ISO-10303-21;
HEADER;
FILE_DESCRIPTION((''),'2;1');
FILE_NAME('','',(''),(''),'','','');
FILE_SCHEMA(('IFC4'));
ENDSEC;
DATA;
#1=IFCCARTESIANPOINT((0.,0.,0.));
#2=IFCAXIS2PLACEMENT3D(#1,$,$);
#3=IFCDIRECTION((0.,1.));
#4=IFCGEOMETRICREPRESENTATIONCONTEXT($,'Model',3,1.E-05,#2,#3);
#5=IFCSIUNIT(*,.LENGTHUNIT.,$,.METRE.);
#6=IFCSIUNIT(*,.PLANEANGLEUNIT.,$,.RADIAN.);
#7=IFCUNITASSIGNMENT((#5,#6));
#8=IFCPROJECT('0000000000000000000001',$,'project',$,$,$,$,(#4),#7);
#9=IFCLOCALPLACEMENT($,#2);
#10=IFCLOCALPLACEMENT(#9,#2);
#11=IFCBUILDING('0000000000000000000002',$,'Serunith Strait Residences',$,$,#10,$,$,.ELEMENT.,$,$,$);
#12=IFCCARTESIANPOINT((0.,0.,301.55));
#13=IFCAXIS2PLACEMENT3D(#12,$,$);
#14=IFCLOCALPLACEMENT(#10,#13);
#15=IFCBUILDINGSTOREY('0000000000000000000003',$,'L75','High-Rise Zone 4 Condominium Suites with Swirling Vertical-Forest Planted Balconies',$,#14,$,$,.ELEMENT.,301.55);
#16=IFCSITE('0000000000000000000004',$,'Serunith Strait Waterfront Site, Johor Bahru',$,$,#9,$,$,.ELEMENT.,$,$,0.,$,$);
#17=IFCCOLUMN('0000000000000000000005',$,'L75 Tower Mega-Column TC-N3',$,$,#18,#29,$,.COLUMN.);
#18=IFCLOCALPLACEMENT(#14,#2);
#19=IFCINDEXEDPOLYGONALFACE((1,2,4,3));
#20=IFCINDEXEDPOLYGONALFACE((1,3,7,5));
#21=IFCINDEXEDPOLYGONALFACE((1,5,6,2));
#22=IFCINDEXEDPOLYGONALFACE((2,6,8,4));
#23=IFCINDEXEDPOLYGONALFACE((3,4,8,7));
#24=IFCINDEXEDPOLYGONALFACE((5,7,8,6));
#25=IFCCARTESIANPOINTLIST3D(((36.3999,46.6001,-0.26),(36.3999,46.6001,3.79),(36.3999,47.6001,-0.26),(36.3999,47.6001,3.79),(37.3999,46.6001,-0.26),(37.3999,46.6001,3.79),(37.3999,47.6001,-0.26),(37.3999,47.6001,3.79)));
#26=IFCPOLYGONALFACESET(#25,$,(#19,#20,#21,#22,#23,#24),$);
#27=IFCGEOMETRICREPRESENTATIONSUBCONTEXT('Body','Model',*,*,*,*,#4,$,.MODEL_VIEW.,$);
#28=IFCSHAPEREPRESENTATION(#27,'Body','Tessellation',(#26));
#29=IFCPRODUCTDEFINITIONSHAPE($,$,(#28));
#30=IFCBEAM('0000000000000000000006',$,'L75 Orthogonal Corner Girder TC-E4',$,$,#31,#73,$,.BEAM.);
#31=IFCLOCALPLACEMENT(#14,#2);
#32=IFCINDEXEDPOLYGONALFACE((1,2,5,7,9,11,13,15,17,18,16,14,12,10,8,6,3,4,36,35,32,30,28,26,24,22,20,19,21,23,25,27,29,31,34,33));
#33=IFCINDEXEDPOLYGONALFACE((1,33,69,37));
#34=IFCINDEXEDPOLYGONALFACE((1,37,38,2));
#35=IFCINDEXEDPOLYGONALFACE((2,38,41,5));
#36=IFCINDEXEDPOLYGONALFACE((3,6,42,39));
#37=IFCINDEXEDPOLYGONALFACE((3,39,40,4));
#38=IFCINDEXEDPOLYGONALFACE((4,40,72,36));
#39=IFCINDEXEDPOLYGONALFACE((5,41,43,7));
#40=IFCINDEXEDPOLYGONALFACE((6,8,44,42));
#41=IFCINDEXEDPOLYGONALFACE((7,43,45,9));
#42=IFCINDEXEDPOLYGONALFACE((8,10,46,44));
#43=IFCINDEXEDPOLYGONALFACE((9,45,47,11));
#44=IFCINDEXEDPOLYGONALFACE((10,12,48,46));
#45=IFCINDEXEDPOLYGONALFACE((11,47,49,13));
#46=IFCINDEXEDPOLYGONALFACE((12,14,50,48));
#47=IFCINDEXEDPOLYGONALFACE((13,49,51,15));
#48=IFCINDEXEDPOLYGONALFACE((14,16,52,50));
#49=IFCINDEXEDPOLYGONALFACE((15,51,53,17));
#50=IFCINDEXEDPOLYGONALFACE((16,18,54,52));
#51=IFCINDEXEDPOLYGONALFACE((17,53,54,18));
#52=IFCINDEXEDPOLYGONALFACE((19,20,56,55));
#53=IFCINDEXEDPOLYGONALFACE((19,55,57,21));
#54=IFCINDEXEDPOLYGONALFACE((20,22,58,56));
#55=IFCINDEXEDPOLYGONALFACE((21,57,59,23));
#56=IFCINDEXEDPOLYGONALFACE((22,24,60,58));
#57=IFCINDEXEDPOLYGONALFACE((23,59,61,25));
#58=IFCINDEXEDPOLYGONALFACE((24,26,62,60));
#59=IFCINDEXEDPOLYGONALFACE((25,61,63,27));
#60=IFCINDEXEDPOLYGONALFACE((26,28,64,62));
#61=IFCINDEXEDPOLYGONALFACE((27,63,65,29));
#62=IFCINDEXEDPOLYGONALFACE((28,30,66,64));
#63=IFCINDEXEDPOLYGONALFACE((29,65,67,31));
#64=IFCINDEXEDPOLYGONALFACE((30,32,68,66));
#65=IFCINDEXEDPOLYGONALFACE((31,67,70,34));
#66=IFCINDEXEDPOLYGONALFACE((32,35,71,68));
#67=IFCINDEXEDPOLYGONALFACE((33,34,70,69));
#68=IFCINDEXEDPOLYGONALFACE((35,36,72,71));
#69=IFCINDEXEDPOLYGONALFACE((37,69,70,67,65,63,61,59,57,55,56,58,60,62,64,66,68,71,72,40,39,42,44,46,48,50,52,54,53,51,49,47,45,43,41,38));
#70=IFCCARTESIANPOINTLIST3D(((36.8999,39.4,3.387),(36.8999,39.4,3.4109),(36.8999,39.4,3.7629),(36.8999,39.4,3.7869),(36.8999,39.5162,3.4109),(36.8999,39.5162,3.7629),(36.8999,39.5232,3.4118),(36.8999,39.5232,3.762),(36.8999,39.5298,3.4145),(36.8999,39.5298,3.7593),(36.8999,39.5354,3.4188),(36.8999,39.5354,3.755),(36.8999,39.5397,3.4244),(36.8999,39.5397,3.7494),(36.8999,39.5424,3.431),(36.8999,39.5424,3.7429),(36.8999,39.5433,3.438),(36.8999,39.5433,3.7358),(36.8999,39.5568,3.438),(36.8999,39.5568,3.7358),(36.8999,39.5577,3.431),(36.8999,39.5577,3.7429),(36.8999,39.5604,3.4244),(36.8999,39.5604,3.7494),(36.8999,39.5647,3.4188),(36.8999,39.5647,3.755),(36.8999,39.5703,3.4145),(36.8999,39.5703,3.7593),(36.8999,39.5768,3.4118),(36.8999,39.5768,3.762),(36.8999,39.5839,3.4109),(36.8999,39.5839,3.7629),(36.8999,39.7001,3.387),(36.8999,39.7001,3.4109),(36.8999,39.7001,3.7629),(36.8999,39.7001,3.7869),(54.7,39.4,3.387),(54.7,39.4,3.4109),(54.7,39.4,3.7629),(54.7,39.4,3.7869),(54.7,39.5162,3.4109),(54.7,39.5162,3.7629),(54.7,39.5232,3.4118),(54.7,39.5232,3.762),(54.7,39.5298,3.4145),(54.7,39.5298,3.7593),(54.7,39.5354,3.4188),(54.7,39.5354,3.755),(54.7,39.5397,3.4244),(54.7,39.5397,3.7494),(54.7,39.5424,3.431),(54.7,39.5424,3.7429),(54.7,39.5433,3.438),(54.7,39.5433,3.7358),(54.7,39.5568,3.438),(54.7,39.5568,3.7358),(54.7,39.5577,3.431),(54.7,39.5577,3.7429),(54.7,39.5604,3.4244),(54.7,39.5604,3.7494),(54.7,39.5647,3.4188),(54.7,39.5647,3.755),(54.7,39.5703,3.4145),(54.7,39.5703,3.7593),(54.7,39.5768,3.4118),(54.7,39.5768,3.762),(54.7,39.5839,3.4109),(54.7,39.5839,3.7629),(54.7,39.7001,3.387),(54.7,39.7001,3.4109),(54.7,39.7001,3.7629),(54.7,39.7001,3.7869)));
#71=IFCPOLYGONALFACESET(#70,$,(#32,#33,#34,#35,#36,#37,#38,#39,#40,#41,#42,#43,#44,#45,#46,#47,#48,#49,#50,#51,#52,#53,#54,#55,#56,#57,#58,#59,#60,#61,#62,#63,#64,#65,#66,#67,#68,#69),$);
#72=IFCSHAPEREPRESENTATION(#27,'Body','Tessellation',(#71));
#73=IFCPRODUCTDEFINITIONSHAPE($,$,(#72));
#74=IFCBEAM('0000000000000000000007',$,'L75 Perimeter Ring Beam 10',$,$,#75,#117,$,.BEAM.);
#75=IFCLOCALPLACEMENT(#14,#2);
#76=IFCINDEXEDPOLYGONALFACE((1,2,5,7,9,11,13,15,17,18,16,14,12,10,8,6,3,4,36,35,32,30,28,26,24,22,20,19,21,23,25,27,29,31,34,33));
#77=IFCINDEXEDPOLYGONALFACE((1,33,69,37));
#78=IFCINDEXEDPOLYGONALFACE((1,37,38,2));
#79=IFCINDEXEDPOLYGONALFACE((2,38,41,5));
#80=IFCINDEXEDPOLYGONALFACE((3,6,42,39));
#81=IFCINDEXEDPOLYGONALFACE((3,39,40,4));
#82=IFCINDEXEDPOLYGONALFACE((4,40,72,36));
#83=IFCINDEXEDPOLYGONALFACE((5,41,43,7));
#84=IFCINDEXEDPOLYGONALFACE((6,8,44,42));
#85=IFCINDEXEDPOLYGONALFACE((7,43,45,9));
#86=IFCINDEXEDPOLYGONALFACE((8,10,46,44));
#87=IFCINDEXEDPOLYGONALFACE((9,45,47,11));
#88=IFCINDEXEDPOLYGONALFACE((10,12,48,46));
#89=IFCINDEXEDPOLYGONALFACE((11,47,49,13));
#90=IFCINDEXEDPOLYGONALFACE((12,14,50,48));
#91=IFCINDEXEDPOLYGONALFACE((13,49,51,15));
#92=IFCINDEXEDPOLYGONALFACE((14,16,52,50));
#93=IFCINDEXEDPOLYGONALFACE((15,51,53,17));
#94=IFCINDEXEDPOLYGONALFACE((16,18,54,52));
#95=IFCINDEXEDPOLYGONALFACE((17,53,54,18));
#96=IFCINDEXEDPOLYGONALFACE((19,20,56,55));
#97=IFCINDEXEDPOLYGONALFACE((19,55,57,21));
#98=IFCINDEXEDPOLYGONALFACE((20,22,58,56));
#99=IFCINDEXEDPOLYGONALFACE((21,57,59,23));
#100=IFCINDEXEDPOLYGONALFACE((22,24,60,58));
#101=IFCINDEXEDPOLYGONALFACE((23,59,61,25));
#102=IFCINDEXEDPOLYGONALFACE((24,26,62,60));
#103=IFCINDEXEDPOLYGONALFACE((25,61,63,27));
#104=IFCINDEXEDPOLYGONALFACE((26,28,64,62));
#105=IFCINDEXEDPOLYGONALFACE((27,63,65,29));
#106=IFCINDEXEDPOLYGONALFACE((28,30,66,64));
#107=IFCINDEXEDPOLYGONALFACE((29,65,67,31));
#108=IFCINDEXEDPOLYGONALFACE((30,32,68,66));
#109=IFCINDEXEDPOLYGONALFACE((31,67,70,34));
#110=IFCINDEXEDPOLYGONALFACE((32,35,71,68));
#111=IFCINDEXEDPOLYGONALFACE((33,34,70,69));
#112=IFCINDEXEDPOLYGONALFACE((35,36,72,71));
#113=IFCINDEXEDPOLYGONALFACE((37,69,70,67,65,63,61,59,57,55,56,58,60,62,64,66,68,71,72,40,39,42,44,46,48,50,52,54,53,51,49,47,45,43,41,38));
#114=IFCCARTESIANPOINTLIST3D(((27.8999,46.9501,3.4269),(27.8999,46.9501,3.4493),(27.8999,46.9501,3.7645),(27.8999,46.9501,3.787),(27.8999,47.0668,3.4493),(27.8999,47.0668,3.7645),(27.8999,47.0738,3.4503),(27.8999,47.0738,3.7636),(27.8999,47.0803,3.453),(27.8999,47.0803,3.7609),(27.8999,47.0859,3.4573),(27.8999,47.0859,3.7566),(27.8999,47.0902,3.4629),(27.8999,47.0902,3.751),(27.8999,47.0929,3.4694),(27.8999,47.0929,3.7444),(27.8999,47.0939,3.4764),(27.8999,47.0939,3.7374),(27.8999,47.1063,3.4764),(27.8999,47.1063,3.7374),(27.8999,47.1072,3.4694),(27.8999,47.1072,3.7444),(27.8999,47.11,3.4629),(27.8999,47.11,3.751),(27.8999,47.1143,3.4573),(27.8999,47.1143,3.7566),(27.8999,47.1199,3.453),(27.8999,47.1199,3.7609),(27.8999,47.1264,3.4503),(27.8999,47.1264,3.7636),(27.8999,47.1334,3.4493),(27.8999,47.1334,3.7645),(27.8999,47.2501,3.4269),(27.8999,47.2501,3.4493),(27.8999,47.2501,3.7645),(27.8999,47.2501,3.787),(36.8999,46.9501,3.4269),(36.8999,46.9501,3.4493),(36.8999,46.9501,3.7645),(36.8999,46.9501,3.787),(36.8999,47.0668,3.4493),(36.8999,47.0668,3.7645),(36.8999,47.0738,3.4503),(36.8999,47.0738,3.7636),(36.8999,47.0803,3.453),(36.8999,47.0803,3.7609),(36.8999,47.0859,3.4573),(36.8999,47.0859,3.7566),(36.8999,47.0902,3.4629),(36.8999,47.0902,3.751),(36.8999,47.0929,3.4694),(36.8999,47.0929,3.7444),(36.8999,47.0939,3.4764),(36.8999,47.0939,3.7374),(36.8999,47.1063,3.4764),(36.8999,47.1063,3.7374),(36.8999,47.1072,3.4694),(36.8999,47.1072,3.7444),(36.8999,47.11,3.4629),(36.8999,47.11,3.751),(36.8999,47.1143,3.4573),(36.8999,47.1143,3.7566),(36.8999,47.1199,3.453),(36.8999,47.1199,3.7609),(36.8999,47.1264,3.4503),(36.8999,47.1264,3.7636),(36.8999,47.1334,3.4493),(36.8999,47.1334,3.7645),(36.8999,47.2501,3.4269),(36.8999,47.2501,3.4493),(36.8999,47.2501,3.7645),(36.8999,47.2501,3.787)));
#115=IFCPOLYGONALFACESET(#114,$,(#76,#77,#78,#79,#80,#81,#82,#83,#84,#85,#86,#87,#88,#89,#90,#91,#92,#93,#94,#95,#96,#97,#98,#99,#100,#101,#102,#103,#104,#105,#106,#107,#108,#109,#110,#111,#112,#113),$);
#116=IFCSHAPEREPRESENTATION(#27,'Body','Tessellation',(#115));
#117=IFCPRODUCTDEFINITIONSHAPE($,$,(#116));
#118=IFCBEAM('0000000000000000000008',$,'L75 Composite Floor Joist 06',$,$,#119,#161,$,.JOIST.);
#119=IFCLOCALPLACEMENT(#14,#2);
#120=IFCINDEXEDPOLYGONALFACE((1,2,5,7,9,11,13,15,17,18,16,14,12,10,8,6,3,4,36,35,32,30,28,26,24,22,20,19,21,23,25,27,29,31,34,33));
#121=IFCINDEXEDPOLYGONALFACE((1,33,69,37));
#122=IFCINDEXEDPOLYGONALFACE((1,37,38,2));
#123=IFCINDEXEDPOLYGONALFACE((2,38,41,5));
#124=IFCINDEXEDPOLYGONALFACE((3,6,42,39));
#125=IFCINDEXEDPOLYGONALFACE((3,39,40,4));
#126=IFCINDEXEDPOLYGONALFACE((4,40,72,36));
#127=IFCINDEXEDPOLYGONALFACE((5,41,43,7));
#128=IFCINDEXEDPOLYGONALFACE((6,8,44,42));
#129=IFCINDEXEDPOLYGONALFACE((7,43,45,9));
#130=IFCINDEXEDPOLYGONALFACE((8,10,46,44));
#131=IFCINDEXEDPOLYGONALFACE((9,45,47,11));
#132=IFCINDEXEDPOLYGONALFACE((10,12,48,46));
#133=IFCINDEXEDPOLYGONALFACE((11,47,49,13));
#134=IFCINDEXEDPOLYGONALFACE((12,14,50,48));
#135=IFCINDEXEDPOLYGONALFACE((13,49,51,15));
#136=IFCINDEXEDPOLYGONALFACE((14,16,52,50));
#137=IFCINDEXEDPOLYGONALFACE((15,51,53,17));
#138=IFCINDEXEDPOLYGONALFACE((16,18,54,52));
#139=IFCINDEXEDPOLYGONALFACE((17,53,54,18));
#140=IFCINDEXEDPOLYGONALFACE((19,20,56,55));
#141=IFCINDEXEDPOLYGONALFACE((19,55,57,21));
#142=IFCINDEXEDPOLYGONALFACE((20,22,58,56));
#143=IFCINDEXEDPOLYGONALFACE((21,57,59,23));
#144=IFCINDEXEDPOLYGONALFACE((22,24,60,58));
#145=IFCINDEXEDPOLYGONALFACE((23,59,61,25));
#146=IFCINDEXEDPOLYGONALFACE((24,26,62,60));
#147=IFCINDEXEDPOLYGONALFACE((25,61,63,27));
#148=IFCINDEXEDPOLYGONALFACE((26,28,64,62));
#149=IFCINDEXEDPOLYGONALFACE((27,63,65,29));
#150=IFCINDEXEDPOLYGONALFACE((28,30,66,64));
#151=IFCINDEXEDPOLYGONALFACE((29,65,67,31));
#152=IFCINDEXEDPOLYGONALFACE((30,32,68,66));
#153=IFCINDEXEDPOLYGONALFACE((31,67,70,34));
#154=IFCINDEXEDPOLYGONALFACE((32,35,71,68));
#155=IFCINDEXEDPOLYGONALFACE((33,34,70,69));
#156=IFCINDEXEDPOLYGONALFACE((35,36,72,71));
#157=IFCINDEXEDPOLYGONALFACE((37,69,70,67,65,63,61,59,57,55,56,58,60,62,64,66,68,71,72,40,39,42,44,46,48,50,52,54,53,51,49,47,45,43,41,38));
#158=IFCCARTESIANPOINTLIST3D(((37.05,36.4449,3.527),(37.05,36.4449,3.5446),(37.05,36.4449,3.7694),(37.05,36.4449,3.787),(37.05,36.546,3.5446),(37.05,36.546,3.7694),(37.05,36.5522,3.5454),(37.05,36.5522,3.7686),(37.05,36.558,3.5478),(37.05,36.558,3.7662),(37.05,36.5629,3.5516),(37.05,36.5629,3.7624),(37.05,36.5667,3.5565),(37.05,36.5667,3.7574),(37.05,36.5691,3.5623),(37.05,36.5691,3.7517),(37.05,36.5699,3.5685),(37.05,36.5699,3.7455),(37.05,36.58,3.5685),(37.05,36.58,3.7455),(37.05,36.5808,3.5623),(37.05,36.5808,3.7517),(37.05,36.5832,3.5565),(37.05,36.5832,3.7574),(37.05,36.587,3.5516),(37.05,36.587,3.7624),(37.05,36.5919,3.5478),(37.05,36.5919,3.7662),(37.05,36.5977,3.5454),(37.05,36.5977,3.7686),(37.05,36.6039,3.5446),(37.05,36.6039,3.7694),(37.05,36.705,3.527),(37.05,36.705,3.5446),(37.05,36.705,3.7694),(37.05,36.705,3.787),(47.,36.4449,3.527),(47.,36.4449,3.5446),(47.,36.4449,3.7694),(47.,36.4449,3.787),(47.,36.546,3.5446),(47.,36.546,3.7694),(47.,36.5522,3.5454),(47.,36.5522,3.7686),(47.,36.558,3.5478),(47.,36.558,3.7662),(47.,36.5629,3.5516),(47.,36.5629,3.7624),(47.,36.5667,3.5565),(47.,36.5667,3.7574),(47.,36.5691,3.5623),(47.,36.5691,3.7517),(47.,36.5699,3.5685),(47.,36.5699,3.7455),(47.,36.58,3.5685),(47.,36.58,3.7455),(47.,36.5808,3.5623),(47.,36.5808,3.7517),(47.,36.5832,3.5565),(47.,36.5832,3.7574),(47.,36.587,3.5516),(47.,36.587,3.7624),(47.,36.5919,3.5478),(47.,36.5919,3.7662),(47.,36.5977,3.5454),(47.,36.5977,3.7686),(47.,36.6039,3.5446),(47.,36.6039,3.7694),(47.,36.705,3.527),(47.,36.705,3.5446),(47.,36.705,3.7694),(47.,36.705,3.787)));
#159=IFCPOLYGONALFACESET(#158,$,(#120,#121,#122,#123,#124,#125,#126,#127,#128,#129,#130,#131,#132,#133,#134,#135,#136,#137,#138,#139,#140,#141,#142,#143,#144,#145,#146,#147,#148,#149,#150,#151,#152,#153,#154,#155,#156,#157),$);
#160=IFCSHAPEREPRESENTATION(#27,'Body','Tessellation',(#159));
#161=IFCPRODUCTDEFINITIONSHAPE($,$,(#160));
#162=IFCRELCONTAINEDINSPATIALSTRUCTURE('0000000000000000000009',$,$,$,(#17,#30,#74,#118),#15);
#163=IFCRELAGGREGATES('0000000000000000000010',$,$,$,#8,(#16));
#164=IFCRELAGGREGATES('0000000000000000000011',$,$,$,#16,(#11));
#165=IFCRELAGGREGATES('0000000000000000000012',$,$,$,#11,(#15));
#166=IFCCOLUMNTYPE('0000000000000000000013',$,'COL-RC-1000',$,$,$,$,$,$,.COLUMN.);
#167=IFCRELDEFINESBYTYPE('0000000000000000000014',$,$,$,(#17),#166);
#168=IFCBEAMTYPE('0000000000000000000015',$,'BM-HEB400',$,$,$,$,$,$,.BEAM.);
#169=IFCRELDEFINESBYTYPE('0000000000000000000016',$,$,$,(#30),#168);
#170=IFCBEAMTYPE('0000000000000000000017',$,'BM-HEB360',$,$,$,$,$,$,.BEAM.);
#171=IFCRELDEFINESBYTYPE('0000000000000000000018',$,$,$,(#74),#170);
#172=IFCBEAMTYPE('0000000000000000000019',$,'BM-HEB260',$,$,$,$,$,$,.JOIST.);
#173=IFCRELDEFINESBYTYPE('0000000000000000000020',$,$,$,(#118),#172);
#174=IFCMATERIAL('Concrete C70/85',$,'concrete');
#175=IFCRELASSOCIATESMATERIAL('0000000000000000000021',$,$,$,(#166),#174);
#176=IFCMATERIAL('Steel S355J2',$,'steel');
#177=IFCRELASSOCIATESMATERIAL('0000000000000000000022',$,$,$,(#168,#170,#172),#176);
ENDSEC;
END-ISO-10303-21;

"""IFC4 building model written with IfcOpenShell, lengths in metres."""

from ifc_helpers import new_model, si_unit, direction, frame, origin, origin_2d, place, context, subcontext, project, spatial, rectangle, i_section, extrude, source, transform, mapped, material, material_profile, profile_set, type_object, element, save


model = new_model("IFC4")

# Units and contexts
model_context = context("Model", 3, precision=1e-05, world=origin(), true_north=direction((0.0, 1.0)))
body_context = subcontext(model_context, "Body", "Model", "MODEL_VIEW")
ifc_project = project(units=[si_unit("LENGTHUNIT", "METRE"), si_unit("PLANEANGLEUNIT", "RADIAN")], contexts=[model_context])

# Site, building, storey
site_placement = place(None, origin())
site = spatial("IfcSite", under=ifc_project, at=site_placement, Name="Serunith Strait Waterfront Site, Johor Bahru", CompositionType="ELEMENT", RefElevation=0.0)
building_placement = place(site_placement, origin())
building = spatial("IfcBuilding", under=site, at=building_placement, Name="Serunith Strait Residences", CompositionType="ELEMENT")
storey_placement = place(building_placement, frame((0.0, 0.0, 301.55)))
storey = spatial("IfcBuildingStorey", under=building, at=storey_placement, Name="L75", Description="High-Rise Zone 4 Condominium Suites with Swirling Vertical-Forest Planted Balconies", CompositionType="ELEMENT", Elevation=301.55)

# Column
ifc_material_1 = material(Name="Concrete C70/85", Category="concrete")
ifc_material_profile_1 = material_profile(ifc_material_1, rectangle(XDim=1.0, YDim=1.0, at=origin_2d()), Name="RC 1000x1000")
ifc_profile_set_1 = profile_set([ifc_material_profile_1], Name="Concrete C70/85")
column_type = type_object("IfcColumnType", Name="COL-RC-1000", PredefinedType="COLUMN", material=ifc_profile_set_1)
shared_shape_1 = source(origin(), body_context, "Body", "SweptSolid", [
    extrude(rectangle(XDim=1.0, YDim=1.0, at=origin_2d()), origin(), (0.0, 0.0, 1.0), 4.05),
])
column_placement = place(storey_placement, frame((36.8999, 47.1001, -0.26), z_axis=(0.0, 0.0, 1.0), x_axis=(1.0, 0.0, 0.0)))
element("IfcColumn", 1, at=column_placement, inside=storey, type_object=column_type, Name="L75 Tower Mega-Column TC-N3", PredefinedType="COLUMN", context=body_context, shape_type="MappedRepresentation", body=[
    mapped(shared_shape_1, transform((0.0, 0.0, 0.0), scale=1.0)),
])

# Beams
ifc_material_2 = material(Name="Steel S355J2", Category="steel")
ifc_material_profile_2 = material_profile(ifc_material_2, i_section(OverallWidth=0.3, OverallDepth=0.3999, WebThickness=0.0134, FlangeThickness=0.0239, FilletRadius=0.0271, at=origin_2d()), Name="HEB 400")
ifc_profile_set_2 = profile_set([ifc_material_profile_2], Name="Steel S355J2")
beam_type_1 = type_object("IfcBeamType", Name="BM-HEB400", PredefinedType="BEAM", material=ifc_profile_set_2)
shared_shape_2 = source(origin(), body_context, "Body", "SweptSolid", [
    extrude(i_section(OverallWidth=0.3, OverallDepth=0.3999, WebThickness=0.0134, FlangeThickness=0.0239, FilletRadius=0.0271, at=origin_2d()), origin(), (0.0, 0.0, 1.0), 17.8),
])
beam_1_placement = place(storey_placement, frame((36.8999, 39.55, 3.5869), z_axis=(1.0, 0.0, 0.0), x_axis=(0.0, 1.0, 0.0)))
element("IfcBeam", 2, at=beam_1_placement, inside=storey, type_object=beam_type_1, Name="L75 Orthogonal Corner Girder TC-E4", PredefinedType="BEAM", context=body_context, shape_type="MappedRepresentation", body=[
    mapped(shared_shape_2, transform((0.0, 0.0, 0.0), scale=1.0)),
])
ifc_material_profile_3 = material_profile(ifc_material_2, i_section(OverallWidth=0.3, OverallDepth=0.3601, WebThickness=0.0125, FlangeThickness=0.0225, FilletRadius=0.0271, at=origin_2d()), Name="HEB 360")
ifc_profile_set_3 = profile_set([ifc_material_profile_3], Name="Steel S355J2")
beam_type_2 = type_object("IfcBeamType", Name="BM-HEB360", PredefinedType="BEAM", material=ifc_profile_set_3)
shared_shape_3 = source(origin(), body_context, "Body", "SweptSolid", [
    extrude(i_section(OverallWidth=0.3, OverallDepth=0.3601, WebThickness=0.0125, FlangeThickness=0.0225, FilletRadius=0.0271, at=origin_2d()), origin(), (0.0, 0.0, 1.0), 9.0),
])
beam_2_placement = place(storey_placement, frame((36.8999, 47.1001, 3.6069), z_axis=(-1.0, 0.0, 0.0), x_axis=(0.0, -1.0, 0.0)))
element("IfcBeam", 3, at=beam_2_placement, inside=storey, type_object=beam_type_2, Name="L75 Perimeter Ring Beam 10", PredefinedType="BEAM", context=body_context, shape_type="MappedRepresentation", body=[
    mapped(shared_shape_3, transform((0.0, 0.0, 0.0), scale=1.0)),
])
ifc_material_profile_4 = material_profile(ifc_material_2, i_section(OverallWidth=0.26, OverallDepth=0.26, WebThickness=0.01, FlangeThickness=0.0176, FilletRadius=0.0239, at=origin_2d()), Name="HEB 260")
ifc_profile_set_4 = profile_set([ifc_material_profile_4], Name="Steel S355J2")
beam_type_3 = type_object("IfcBeamType", Name="BM-HEB260", PredefinedType="JOIST", material=ifc_profile_set_4)
shared_shape_4 = source(origin(), body_context, "Body", "SweptSolid", [
    extrude(i_section(OverallWidth=0.26, OverallDepth=0.26, WebThickness=0.01, FlangeThickness=0.0176, FilletRadius=0.0239, at=origin_2d()), origin(), (0.0, 0.0, 1.0), 9.95),
])
beam_3_placement = place(storey_placement, frame((37.05, 36.575, 3.657), z_axis=(1.0, 0.0, 0.0), x_axis=(0.0, 1.0, 0.0)))
element("IfcBeam", 4, at=beam_3_placement, inside=storey, type_object=beam_type_3, Name="L75 Composite Floor Joist 06", PredefinedType="JOIST", context=body_context, shape_type="MappedRepresentation", body=[
    mapped(shared_shape_4, transform((0.0, 0.0, 0.0), scale=1.0)),
])

save(model, "model.ifc")
